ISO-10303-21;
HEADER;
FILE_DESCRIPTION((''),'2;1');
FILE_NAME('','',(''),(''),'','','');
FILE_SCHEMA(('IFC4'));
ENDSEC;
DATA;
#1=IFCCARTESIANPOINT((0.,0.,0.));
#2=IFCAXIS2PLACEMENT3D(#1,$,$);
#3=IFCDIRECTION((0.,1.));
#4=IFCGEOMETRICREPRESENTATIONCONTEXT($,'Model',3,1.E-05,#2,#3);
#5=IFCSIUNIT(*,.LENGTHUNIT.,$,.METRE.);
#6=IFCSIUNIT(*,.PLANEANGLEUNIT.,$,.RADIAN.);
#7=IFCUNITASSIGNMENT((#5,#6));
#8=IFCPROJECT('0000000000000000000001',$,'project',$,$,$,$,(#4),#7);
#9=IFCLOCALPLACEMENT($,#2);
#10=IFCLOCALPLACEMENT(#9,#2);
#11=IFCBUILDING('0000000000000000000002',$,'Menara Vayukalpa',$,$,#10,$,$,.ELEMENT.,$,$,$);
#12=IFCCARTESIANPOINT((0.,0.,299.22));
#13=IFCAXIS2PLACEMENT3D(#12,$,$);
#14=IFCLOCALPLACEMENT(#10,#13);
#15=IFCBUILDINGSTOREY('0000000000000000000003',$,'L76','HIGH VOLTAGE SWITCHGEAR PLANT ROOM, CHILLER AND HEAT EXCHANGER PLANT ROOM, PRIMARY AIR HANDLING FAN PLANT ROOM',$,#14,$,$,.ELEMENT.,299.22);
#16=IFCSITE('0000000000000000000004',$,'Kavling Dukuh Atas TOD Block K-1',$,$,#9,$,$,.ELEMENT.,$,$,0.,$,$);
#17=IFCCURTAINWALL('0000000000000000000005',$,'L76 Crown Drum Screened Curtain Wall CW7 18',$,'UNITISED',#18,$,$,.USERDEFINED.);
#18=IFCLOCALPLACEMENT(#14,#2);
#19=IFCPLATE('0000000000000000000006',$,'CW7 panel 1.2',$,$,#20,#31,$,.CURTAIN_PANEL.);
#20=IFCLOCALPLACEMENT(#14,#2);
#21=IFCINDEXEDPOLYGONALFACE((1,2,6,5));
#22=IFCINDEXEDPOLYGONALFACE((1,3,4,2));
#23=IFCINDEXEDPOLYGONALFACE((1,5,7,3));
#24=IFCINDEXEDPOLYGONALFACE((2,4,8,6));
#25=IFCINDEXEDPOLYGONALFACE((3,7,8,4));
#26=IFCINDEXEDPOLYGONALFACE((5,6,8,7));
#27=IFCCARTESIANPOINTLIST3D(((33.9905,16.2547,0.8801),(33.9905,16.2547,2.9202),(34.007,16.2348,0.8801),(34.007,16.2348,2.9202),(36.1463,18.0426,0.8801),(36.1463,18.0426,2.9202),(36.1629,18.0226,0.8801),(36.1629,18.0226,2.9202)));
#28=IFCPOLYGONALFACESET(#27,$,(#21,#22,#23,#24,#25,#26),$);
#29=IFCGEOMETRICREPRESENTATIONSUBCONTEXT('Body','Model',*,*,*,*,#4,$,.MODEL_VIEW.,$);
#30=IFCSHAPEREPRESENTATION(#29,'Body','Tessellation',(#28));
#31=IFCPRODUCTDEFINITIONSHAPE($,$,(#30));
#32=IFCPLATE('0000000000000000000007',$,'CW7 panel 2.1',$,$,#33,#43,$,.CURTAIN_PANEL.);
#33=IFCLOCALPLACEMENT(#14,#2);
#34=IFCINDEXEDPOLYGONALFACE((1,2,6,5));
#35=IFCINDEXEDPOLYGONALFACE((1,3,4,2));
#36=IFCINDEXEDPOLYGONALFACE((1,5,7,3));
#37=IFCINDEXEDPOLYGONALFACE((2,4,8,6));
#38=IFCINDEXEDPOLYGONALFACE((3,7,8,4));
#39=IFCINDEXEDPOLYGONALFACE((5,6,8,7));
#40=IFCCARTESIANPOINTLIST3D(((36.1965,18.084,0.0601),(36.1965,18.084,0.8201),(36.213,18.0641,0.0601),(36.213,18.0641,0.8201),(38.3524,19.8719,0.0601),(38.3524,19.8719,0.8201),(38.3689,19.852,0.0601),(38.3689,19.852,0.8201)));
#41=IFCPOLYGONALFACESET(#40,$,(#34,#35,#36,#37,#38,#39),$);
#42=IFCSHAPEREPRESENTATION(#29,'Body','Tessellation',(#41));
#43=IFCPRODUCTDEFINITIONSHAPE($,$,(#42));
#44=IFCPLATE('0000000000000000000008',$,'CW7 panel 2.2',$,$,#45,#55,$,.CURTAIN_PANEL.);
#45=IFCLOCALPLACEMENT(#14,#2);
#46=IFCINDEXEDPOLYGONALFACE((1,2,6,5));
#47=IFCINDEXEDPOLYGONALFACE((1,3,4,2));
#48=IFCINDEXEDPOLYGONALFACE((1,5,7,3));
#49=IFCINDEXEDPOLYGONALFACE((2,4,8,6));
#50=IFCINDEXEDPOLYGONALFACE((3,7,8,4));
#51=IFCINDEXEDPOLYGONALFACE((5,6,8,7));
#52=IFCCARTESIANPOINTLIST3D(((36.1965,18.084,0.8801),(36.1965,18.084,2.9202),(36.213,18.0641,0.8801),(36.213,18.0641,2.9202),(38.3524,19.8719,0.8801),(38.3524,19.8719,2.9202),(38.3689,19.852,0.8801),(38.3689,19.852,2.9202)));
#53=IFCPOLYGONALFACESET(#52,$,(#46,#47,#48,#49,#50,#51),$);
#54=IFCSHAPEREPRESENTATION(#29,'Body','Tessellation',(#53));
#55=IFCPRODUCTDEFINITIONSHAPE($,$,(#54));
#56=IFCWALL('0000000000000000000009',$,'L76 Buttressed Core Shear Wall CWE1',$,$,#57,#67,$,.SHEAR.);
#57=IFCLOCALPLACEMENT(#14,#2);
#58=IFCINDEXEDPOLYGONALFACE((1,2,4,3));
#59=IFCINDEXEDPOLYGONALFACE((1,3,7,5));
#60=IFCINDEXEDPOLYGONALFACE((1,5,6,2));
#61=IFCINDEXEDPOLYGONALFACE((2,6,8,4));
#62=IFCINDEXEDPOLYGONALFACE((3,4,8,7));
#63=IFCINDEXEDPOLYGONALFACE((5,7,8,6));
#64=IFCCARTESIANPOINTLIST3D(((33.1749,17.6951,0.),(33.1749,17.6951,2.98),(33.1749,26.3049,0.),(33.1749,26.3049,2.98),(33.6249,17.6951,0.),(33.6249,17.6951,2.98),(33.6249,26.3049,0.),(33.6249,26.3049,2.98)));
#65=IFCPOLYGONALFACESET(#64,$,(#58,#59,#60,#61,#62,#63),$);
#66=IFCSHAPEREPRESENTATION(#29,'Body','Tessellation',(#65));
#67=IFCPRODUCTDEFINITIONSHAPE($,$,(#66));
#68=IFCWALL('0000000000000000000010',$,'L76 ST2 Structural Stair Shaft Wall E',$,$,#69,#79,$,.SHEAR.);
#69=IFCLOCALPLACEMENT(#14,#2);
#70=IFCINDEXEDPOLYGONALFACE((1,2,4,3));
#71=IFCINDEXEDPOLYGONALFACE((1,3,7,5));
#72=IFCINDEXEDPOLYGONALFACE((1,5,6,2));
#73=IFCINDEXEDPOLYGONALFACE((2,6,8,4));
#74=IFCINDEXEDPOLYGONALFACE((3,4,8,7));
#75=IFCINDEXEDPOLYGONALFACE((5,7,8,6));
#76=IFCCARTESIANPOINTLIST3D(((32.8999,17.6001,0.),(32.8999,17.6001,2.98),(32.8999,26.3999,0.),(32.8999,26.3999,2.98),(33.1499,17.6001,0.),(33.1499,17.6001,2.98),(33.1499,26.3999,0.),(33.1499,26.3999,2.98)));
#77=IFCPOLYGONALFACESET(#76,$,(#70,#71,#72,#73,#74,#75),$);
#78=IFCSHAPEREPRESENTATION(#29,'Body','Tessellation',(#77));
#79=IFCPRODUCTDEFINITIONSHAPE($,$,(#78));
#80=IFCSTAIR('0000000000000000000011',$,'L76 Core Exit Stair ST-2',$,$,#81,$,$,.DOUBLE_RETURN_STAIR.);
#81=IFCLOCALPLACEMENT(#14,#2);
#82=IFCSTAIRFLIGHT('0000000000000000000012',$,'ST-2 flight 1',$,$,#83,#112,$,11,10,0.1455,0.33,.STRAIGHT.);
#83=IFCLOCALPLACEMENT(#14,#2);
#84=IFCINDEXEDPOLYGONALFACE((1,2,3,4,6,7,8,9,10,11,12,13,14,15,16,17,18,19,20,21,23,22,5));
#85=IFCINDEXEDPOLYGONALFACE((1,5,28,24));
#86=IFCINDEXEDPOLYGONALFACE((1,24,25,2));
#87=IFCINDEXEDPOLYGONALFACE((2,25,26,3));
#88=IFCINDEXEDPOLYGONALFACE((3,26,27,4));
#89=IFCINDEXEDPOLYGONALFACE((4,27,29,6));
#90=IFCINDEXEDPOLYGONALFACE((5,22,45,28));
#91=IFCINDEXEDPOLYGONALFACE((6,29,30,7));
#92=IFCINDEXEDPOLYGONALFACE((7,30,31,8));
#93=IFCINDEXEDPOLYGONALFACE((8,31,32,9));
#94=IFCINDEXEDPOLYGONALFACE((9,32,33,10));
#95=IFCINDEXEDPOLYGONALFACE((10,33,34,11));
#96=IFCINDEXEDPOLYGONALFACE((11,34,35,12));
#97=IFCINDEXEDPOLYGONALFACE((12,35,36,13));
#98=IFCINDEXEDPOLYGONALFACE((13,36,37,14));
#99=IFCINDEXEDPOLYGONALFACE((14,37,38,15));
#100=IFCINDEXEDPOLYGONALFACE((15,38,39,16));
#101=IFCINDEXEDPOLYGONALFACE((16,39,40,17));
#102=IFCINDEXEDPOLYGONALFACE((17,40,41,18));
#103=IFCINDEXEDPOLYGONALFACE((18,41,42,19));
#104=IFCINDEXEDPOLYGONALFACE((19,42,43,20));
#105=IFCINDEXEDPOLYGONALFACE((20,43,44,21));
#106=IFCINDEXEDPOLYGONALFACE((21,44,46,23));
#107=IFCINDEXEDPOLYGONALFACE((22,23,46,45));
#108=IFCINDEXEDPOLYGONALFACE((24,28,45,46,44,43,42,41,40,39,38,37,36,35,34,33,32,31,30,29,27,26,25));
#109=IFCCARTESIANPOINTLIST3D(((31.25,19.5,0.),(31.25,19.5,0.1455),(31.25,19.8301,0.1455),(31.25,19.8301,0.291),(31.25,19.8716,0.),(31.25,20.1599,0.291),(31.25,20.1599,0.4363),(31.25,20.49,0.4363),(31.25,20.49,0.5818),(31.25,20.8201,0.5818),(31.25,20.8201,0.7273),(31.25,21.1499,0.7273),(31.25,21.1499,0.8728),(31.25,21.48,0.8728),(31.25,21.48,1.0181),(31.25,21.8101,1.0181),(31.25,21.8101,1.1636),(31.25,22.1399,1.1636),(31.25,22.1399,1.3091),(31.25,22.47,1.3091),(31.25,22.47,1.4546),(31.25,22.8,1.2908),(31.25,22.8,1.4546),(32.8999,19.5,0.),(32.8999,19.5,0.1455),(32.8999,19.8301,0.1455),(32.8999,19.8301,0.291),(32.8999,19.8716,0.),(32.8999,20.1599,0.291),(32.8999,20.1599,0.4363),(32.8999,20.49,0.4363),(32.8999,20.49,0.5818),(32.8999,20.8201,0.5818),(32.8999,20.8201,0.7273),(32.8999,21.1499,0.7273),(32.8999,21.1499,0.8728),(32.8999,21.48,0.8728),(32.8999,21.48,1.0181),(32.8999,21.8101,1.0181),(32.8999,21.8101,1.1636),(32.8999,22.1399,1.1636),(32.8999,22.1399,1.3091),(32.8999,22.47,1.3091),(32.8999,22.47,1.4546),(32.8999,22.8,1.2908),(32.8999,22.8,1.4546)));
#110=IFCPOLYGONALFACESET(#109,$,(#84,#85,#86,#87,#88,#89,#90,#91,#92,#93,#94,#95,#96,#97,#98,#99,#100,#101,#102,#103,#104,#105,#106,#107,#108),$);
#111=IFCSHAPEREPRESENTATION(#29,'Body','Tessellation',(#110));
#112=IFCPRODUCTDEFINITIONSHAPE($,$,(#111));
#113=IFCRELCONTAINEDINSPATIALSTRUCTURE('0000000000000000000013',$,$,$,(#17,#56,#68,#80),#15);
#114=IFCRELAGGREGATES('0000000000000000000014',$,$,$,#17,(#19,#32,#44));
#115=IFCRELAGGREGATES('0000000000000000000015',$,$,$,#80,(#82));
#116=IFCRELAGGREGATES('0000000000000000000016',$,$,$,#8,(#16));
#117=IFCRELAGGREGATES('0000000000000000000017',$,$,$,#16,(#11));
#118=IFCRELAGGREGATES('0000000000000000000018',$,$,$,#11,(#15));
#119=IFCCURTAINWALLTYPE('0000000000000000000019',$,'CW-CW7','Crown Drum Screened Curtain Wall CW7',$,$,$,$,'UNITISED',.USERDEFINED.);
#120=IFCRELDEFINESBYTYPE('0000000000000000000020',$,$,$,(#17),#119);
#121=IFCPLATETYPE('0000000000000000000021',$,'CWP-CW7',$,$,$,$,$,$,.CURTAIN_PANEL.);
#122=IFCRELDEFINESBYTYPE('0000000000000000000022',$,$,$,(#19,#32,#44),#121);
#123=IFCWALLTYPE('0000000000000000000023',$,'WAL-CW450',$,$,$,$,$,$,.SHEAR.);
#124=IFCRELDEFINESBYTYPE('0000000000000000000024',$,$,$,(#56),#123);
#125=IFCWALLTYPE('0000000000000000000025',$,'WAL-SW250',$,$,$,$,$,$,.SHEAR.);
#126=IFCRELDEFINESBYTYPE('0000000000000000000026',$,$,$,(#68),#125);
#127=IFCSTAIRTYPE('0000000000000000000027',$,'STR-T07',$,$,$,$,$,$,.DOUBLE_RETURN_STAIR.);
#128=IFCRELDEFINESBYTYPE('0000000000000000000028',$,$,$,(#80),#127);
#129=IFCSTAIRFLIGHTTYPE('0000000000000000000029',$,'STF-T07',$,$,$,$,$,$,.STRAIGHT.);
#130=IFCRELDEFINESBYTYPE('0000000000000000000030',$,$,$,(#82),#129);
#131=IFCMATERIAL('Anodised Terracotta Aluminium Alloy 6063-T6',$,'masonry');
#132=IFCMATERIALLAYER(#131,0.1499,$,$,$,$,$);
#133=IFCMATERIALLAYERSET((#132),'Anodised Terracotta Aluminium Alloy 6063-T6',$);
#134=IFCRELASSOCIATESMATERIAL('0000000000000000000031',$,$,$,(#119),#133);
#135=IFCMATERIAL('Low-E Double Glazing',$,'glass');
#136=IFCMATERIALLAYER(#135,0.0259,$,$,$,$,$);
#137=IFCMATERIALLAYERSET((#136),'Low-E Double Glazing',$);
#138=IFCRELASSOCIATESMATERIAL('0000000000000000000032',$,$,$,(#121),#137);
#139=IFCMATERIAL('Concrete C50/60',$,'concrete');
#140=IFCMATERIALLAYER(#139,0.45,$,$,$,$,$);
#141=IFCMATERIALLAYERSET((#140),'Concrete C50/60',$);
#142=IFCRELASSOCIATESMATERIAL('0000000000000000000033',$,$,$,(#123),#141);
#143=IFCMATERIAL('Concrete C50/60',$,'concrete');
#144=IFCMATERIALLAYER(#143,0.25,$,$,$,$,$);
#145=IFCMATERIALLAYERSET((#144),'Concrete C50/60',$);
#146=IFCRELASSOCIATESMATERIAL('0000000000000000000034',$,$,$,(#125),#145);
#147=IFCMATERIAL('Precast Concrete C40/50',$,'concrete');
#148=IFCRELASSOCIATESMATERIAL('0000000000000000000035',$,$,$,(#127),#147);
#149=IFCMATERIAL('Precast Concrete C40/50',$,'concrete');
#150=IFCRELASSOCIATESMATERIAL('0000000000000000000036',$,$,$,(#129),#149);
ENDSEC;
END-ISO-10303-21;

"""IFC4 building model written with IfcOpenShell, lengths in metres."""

from ifc_helpers import new_model, si_unit, direction, frame, frame_2d, origin, origin_2d, place, context, subcontext, project, spatial, polyline, rectangle, outline, extrude, material, layer, layer_set, type_object, element, aggregate, save


model = new_model("IFC4")

# Units and contexts
model_context = context("Model", 3, precision=1e-05, world=origin(), true_north=direction((0.0, 1.0)))
body_context = subcontext(model_context, "Body", "Model", "MODEL_VIEW")
ifc_project = project(units=[si_unit("LENGTHUNIT", "METRE"), si_unit("PLANEANGLEUNIT", "RADIAN")], contexts=[model_context])

# Site, building, storey
site_placement = place(None, origin())
site = spatial("IfcSite", under=ifc_project, at=site_placement, Name="Kavling Dukuh Atas TOD Block K-1", CompositionType="ELEMENT", RefElevation=0.0)
building_placement = place(site_placement, origin())
building = spatial("IfcBuilding", under=site, at=building_placement, Name="Menara Vayukalpa", CompositionType="ELEMENT")
storey_placement = place(building_placement, frame((0.0, 0.0, 299.22)))
storey = spatial("IfcBuildingStorey", under=building, at=storey_placement, Name="L76", Description="HIGH VOLTAGE SWITCHGEAR PLANT ROOM, CHILLER AND HEAT EXCHANGER PLANT ROOM, PRIMARY AIR HANDLING FAN PLANT ROOM", CompositionType="ELEMENT", Elevation=299.22)

# Curtain wall
ifc_material_1 = material(Name="Anodised Terracotta Aluminium Alloy 6063-T6", Category="masonry")
ifc_layer_1 = layer(ifc_material_1, 0.1499)
ifc_layer_set_1 = layer_set([ifc_layer_1], Name="Anodised Terracotta Aluminium Alloy 6063-T6")
curtain_wall_type = type_object("IfcCurtainWallType", Name="CW-CW7", Description="Crown Drum Screened Curtain Wall CW7", ElementType="UNITISED", PredefinedType="USERDEFINED", material=ifc_layer_set_1)
curtain_wall_1_placement = place(storey_placement, origin())
curtain_wall_1 = element("IfcCurtainWall", 1, at=curtain_wall_1_placement, inside=storey, type_object=curtain_wall_type, Name="L76 Crown Drum Screened Curtain Wall CW7 18", ObjectType="UNITISED", PredefinedType="USERDEFINED")

# Plates
ifc_material_2 = material(Name="Low-E Double Glazing", Category="glass")
ifc_layer_2 = layer(ifc_material_2, 0.0259)
ifc_layer_set_2 = layer_set([ifc_layer_2], Name="Low-E Double Glazing")
plate_type = type_object("IfcPlateType", Name="CWP-CW7", PredefinedType="CURTAIN_PANEL", material=ifc_layer_set_2)
plate_1_placement = place(storey_placement, frame((35.0767, 17.1387, 0.8801), z_axis=(0.0, 0.0, 1.0), x_axis=(0.769749, 0.638347, 0.0)))
plate_1 = element("IfcPlate", 2, at=plate_1_placement, type_object=plate_type, Name="CW7 panel 1.2", PredefinedType="CURTAIN_PANEL", context=body_context, shape_type="SweptSolid", body=[
    extrude(rectangle(XDim=2.8008, YDim=0.0259, at=origin_2d()), origin(), (0.0, 0.0, 1.0), 2.04),
])
plate_2_placement = place(storey_placement, frame((37.2827, 18.968, 0.0601), z_axis=(0.0, 0.0, 1.0), x_axis=(0.769749, 0.638347, 0.0)))
plate_2 = element("IfcPlate", 3, at=plate_2_placement, type_object=plate_type, Name="CW7 panel 2.1", PredefinedType="CURTAIN_PANEL", context=body_context, shape_type="SweptSolid", body=[
    extrude(rectangle(XDim=2.8008, YDim=0.0259, at=origin_2d()), origin(), (0.0, 0.0, 1.0), 0.76),
])
plate_3_placement = place(storey_placement, frame((37.2827, 18.968, 0.8801), z_axis=(0.0, 0.0, 1.0), x_axis=(0.769749, 0.638347, 0.0)))
plate_3 = element("IfcPlate", 4, at=plate_3_placement, type_object=plate_type, Name="CW7 panel 2.2", PredefinedType="CURTAIN_PANEL", context=body_context, shape_type="SweptSolid", body=[
    extrude(rectangle(XDim=2.8008, YDim=0.0259, at=origin_2d()), origin(), (0.0, 0.0, 1.0), 2.04),
])
aggregate(curtain_wall_1, [plate_1, plate_2, plate_3])

# Walls
ifc_material_3 = material(Name="Concrete C50/60", Category="concrete")
ifc_layer_3 = layer(ifc_material_3, 0.45)
ifc_layer_set_3 = layer_set([ifc_layer_3], Name="Concrete C50/60")
wall_type_1 = type_object("IfcWallType", Name="WAL-CW450", PredefinedType="SHEAR", material=ifc_layer_set_3)
wall_1_placement = place(storey_placement, frame((33.3999, 17.6951, 0.0), z_axis=(0.0, 0.0, 1.0), x_axis=(0.0, 1.0, 0.0)))
element("IfcWall", 5, at=wall_1_placement, inside=storey, type_object=wall_type_1, Name="L76 Buttressed Core Shear Wall CWE1", PredefinedType="SHEAR", context=body_context, shape_type="SweptSolid", body=[
    extrude(rectangle(XDim=8.6099, YDim=0.45, at=frame_2d((4.3049, 0.0))), origin(), (0.0, 0.0, 1.0), 2.98),
])
ifc_material_4 = material(Name="Concrete C50/60", Category="concrete")
ifc_layer_4 = layer(ifc_material_4, 0.25)
ifc_layer_set_4 = layer_set([ifc_layer_4], Name="Concrete C50/60")
wall_type_2 = type_object("IfcWallType", Name="WAL-SW250", PredefinedType="SHEAR", material=ifc_layer_set_4)
wall_2_placement = place(storey_placement, frame((33.0249, 17.6001, 0.0), z_axis=(0.0, 0.0, 1.0), x_axis=(0.0, 1.0, 0.0)))
element("IfcWall", 6, at=wall_2_placement, inside=storey, type_object=wall_type_2, Name="L76 ST2 Structural Stair Shaft Wall E", PredefinedType="SHEAR", context=body_context, shape_type="SweptSolid", body=[
    extrude(rectangle(XDim=8.7998, YDim=0.25, at=frame_2d((4.3999, 0.0))), origin(), (0.0, 0.0, 1.0), 2.98),
])

# Stair, stair flight
ifc_material_5 = material(Name="Precast Concrete C40/50", Category="concrete")
stair_type = type_object("IfcStairType", Name="STR-T07", PredefinedType="DOUBLE_RETURN_STAIR", material=ifc_material_5)
stair_placement = place(storey_placement, origin())
stair = element("IfcStair", 7, at=stair_placement, inside=storey, type_object=stair_type, Name="L76 Core Exit Stair ST-2", PredefinedType="DOUBLE_RETURN_STAIR")
ifc_material_6 = material(Name="Precast Concrete C40/50", Category="concrete")
stair_flight_type = type_object("IfcStairFlightType", Name="STF-T07", PredefinedType="STRAIGHT", material=ifc_material_6)
stair_flight_placement = place(storey_placement, frame((32.075, 19.5, 0.0), z_axis=(0.0, 0.0, 1.0), x_axis=(0.0, 1.0, 0.0)))
stair_flight = element("IfcStairFlight", 8, at=stair_flight_placement, type_object=stair_flight_type, Name="ST-2 flight 1", NumberOfRisers=11, NumberOfTreads=10, PredefinedType="STRAIGHT", RiserHeight=0.1455, TreadLength=0.33, context=body_context, shape_type="SweptSolid", body=[
    extrude(outline(polyline([(0.0, 0.0), (0.0, 0.1455), (0.3301, 0.1455), (0.3301, 0.291), (0.6599, 0.291), (0.6599, 0.4363), (0.99, 0.4363), (0.99, 0.5818), (1.3201, 0.5818), (1.3201, 0.7273), (1.6499, 0.7273), (1.6499, 0.8728), (1.98, 0.8728), (1.98, 1.0181), (2.3101, 1.0181), (2.3101, 1.1636), (2.6399, 1.1636), (2.6399, 1.3091), (2.97, 1.3091), (2.97, 1.4546), (3.3, 1.4546), (3.3, 1.6001), (3.3, 1.2908), (0.3716, 0.0), (0.0, 0.0)])), frame((0.0, 0.825, 0.0), z_axis=(0.0, -1.0, 0.0), x_axis=(1.0, 0.0, 0.0)), (0.0, 0.0, 1.0), 1.6499),
])
aggregate(stair, [stair_flight])

save(model, "model.ifc")
